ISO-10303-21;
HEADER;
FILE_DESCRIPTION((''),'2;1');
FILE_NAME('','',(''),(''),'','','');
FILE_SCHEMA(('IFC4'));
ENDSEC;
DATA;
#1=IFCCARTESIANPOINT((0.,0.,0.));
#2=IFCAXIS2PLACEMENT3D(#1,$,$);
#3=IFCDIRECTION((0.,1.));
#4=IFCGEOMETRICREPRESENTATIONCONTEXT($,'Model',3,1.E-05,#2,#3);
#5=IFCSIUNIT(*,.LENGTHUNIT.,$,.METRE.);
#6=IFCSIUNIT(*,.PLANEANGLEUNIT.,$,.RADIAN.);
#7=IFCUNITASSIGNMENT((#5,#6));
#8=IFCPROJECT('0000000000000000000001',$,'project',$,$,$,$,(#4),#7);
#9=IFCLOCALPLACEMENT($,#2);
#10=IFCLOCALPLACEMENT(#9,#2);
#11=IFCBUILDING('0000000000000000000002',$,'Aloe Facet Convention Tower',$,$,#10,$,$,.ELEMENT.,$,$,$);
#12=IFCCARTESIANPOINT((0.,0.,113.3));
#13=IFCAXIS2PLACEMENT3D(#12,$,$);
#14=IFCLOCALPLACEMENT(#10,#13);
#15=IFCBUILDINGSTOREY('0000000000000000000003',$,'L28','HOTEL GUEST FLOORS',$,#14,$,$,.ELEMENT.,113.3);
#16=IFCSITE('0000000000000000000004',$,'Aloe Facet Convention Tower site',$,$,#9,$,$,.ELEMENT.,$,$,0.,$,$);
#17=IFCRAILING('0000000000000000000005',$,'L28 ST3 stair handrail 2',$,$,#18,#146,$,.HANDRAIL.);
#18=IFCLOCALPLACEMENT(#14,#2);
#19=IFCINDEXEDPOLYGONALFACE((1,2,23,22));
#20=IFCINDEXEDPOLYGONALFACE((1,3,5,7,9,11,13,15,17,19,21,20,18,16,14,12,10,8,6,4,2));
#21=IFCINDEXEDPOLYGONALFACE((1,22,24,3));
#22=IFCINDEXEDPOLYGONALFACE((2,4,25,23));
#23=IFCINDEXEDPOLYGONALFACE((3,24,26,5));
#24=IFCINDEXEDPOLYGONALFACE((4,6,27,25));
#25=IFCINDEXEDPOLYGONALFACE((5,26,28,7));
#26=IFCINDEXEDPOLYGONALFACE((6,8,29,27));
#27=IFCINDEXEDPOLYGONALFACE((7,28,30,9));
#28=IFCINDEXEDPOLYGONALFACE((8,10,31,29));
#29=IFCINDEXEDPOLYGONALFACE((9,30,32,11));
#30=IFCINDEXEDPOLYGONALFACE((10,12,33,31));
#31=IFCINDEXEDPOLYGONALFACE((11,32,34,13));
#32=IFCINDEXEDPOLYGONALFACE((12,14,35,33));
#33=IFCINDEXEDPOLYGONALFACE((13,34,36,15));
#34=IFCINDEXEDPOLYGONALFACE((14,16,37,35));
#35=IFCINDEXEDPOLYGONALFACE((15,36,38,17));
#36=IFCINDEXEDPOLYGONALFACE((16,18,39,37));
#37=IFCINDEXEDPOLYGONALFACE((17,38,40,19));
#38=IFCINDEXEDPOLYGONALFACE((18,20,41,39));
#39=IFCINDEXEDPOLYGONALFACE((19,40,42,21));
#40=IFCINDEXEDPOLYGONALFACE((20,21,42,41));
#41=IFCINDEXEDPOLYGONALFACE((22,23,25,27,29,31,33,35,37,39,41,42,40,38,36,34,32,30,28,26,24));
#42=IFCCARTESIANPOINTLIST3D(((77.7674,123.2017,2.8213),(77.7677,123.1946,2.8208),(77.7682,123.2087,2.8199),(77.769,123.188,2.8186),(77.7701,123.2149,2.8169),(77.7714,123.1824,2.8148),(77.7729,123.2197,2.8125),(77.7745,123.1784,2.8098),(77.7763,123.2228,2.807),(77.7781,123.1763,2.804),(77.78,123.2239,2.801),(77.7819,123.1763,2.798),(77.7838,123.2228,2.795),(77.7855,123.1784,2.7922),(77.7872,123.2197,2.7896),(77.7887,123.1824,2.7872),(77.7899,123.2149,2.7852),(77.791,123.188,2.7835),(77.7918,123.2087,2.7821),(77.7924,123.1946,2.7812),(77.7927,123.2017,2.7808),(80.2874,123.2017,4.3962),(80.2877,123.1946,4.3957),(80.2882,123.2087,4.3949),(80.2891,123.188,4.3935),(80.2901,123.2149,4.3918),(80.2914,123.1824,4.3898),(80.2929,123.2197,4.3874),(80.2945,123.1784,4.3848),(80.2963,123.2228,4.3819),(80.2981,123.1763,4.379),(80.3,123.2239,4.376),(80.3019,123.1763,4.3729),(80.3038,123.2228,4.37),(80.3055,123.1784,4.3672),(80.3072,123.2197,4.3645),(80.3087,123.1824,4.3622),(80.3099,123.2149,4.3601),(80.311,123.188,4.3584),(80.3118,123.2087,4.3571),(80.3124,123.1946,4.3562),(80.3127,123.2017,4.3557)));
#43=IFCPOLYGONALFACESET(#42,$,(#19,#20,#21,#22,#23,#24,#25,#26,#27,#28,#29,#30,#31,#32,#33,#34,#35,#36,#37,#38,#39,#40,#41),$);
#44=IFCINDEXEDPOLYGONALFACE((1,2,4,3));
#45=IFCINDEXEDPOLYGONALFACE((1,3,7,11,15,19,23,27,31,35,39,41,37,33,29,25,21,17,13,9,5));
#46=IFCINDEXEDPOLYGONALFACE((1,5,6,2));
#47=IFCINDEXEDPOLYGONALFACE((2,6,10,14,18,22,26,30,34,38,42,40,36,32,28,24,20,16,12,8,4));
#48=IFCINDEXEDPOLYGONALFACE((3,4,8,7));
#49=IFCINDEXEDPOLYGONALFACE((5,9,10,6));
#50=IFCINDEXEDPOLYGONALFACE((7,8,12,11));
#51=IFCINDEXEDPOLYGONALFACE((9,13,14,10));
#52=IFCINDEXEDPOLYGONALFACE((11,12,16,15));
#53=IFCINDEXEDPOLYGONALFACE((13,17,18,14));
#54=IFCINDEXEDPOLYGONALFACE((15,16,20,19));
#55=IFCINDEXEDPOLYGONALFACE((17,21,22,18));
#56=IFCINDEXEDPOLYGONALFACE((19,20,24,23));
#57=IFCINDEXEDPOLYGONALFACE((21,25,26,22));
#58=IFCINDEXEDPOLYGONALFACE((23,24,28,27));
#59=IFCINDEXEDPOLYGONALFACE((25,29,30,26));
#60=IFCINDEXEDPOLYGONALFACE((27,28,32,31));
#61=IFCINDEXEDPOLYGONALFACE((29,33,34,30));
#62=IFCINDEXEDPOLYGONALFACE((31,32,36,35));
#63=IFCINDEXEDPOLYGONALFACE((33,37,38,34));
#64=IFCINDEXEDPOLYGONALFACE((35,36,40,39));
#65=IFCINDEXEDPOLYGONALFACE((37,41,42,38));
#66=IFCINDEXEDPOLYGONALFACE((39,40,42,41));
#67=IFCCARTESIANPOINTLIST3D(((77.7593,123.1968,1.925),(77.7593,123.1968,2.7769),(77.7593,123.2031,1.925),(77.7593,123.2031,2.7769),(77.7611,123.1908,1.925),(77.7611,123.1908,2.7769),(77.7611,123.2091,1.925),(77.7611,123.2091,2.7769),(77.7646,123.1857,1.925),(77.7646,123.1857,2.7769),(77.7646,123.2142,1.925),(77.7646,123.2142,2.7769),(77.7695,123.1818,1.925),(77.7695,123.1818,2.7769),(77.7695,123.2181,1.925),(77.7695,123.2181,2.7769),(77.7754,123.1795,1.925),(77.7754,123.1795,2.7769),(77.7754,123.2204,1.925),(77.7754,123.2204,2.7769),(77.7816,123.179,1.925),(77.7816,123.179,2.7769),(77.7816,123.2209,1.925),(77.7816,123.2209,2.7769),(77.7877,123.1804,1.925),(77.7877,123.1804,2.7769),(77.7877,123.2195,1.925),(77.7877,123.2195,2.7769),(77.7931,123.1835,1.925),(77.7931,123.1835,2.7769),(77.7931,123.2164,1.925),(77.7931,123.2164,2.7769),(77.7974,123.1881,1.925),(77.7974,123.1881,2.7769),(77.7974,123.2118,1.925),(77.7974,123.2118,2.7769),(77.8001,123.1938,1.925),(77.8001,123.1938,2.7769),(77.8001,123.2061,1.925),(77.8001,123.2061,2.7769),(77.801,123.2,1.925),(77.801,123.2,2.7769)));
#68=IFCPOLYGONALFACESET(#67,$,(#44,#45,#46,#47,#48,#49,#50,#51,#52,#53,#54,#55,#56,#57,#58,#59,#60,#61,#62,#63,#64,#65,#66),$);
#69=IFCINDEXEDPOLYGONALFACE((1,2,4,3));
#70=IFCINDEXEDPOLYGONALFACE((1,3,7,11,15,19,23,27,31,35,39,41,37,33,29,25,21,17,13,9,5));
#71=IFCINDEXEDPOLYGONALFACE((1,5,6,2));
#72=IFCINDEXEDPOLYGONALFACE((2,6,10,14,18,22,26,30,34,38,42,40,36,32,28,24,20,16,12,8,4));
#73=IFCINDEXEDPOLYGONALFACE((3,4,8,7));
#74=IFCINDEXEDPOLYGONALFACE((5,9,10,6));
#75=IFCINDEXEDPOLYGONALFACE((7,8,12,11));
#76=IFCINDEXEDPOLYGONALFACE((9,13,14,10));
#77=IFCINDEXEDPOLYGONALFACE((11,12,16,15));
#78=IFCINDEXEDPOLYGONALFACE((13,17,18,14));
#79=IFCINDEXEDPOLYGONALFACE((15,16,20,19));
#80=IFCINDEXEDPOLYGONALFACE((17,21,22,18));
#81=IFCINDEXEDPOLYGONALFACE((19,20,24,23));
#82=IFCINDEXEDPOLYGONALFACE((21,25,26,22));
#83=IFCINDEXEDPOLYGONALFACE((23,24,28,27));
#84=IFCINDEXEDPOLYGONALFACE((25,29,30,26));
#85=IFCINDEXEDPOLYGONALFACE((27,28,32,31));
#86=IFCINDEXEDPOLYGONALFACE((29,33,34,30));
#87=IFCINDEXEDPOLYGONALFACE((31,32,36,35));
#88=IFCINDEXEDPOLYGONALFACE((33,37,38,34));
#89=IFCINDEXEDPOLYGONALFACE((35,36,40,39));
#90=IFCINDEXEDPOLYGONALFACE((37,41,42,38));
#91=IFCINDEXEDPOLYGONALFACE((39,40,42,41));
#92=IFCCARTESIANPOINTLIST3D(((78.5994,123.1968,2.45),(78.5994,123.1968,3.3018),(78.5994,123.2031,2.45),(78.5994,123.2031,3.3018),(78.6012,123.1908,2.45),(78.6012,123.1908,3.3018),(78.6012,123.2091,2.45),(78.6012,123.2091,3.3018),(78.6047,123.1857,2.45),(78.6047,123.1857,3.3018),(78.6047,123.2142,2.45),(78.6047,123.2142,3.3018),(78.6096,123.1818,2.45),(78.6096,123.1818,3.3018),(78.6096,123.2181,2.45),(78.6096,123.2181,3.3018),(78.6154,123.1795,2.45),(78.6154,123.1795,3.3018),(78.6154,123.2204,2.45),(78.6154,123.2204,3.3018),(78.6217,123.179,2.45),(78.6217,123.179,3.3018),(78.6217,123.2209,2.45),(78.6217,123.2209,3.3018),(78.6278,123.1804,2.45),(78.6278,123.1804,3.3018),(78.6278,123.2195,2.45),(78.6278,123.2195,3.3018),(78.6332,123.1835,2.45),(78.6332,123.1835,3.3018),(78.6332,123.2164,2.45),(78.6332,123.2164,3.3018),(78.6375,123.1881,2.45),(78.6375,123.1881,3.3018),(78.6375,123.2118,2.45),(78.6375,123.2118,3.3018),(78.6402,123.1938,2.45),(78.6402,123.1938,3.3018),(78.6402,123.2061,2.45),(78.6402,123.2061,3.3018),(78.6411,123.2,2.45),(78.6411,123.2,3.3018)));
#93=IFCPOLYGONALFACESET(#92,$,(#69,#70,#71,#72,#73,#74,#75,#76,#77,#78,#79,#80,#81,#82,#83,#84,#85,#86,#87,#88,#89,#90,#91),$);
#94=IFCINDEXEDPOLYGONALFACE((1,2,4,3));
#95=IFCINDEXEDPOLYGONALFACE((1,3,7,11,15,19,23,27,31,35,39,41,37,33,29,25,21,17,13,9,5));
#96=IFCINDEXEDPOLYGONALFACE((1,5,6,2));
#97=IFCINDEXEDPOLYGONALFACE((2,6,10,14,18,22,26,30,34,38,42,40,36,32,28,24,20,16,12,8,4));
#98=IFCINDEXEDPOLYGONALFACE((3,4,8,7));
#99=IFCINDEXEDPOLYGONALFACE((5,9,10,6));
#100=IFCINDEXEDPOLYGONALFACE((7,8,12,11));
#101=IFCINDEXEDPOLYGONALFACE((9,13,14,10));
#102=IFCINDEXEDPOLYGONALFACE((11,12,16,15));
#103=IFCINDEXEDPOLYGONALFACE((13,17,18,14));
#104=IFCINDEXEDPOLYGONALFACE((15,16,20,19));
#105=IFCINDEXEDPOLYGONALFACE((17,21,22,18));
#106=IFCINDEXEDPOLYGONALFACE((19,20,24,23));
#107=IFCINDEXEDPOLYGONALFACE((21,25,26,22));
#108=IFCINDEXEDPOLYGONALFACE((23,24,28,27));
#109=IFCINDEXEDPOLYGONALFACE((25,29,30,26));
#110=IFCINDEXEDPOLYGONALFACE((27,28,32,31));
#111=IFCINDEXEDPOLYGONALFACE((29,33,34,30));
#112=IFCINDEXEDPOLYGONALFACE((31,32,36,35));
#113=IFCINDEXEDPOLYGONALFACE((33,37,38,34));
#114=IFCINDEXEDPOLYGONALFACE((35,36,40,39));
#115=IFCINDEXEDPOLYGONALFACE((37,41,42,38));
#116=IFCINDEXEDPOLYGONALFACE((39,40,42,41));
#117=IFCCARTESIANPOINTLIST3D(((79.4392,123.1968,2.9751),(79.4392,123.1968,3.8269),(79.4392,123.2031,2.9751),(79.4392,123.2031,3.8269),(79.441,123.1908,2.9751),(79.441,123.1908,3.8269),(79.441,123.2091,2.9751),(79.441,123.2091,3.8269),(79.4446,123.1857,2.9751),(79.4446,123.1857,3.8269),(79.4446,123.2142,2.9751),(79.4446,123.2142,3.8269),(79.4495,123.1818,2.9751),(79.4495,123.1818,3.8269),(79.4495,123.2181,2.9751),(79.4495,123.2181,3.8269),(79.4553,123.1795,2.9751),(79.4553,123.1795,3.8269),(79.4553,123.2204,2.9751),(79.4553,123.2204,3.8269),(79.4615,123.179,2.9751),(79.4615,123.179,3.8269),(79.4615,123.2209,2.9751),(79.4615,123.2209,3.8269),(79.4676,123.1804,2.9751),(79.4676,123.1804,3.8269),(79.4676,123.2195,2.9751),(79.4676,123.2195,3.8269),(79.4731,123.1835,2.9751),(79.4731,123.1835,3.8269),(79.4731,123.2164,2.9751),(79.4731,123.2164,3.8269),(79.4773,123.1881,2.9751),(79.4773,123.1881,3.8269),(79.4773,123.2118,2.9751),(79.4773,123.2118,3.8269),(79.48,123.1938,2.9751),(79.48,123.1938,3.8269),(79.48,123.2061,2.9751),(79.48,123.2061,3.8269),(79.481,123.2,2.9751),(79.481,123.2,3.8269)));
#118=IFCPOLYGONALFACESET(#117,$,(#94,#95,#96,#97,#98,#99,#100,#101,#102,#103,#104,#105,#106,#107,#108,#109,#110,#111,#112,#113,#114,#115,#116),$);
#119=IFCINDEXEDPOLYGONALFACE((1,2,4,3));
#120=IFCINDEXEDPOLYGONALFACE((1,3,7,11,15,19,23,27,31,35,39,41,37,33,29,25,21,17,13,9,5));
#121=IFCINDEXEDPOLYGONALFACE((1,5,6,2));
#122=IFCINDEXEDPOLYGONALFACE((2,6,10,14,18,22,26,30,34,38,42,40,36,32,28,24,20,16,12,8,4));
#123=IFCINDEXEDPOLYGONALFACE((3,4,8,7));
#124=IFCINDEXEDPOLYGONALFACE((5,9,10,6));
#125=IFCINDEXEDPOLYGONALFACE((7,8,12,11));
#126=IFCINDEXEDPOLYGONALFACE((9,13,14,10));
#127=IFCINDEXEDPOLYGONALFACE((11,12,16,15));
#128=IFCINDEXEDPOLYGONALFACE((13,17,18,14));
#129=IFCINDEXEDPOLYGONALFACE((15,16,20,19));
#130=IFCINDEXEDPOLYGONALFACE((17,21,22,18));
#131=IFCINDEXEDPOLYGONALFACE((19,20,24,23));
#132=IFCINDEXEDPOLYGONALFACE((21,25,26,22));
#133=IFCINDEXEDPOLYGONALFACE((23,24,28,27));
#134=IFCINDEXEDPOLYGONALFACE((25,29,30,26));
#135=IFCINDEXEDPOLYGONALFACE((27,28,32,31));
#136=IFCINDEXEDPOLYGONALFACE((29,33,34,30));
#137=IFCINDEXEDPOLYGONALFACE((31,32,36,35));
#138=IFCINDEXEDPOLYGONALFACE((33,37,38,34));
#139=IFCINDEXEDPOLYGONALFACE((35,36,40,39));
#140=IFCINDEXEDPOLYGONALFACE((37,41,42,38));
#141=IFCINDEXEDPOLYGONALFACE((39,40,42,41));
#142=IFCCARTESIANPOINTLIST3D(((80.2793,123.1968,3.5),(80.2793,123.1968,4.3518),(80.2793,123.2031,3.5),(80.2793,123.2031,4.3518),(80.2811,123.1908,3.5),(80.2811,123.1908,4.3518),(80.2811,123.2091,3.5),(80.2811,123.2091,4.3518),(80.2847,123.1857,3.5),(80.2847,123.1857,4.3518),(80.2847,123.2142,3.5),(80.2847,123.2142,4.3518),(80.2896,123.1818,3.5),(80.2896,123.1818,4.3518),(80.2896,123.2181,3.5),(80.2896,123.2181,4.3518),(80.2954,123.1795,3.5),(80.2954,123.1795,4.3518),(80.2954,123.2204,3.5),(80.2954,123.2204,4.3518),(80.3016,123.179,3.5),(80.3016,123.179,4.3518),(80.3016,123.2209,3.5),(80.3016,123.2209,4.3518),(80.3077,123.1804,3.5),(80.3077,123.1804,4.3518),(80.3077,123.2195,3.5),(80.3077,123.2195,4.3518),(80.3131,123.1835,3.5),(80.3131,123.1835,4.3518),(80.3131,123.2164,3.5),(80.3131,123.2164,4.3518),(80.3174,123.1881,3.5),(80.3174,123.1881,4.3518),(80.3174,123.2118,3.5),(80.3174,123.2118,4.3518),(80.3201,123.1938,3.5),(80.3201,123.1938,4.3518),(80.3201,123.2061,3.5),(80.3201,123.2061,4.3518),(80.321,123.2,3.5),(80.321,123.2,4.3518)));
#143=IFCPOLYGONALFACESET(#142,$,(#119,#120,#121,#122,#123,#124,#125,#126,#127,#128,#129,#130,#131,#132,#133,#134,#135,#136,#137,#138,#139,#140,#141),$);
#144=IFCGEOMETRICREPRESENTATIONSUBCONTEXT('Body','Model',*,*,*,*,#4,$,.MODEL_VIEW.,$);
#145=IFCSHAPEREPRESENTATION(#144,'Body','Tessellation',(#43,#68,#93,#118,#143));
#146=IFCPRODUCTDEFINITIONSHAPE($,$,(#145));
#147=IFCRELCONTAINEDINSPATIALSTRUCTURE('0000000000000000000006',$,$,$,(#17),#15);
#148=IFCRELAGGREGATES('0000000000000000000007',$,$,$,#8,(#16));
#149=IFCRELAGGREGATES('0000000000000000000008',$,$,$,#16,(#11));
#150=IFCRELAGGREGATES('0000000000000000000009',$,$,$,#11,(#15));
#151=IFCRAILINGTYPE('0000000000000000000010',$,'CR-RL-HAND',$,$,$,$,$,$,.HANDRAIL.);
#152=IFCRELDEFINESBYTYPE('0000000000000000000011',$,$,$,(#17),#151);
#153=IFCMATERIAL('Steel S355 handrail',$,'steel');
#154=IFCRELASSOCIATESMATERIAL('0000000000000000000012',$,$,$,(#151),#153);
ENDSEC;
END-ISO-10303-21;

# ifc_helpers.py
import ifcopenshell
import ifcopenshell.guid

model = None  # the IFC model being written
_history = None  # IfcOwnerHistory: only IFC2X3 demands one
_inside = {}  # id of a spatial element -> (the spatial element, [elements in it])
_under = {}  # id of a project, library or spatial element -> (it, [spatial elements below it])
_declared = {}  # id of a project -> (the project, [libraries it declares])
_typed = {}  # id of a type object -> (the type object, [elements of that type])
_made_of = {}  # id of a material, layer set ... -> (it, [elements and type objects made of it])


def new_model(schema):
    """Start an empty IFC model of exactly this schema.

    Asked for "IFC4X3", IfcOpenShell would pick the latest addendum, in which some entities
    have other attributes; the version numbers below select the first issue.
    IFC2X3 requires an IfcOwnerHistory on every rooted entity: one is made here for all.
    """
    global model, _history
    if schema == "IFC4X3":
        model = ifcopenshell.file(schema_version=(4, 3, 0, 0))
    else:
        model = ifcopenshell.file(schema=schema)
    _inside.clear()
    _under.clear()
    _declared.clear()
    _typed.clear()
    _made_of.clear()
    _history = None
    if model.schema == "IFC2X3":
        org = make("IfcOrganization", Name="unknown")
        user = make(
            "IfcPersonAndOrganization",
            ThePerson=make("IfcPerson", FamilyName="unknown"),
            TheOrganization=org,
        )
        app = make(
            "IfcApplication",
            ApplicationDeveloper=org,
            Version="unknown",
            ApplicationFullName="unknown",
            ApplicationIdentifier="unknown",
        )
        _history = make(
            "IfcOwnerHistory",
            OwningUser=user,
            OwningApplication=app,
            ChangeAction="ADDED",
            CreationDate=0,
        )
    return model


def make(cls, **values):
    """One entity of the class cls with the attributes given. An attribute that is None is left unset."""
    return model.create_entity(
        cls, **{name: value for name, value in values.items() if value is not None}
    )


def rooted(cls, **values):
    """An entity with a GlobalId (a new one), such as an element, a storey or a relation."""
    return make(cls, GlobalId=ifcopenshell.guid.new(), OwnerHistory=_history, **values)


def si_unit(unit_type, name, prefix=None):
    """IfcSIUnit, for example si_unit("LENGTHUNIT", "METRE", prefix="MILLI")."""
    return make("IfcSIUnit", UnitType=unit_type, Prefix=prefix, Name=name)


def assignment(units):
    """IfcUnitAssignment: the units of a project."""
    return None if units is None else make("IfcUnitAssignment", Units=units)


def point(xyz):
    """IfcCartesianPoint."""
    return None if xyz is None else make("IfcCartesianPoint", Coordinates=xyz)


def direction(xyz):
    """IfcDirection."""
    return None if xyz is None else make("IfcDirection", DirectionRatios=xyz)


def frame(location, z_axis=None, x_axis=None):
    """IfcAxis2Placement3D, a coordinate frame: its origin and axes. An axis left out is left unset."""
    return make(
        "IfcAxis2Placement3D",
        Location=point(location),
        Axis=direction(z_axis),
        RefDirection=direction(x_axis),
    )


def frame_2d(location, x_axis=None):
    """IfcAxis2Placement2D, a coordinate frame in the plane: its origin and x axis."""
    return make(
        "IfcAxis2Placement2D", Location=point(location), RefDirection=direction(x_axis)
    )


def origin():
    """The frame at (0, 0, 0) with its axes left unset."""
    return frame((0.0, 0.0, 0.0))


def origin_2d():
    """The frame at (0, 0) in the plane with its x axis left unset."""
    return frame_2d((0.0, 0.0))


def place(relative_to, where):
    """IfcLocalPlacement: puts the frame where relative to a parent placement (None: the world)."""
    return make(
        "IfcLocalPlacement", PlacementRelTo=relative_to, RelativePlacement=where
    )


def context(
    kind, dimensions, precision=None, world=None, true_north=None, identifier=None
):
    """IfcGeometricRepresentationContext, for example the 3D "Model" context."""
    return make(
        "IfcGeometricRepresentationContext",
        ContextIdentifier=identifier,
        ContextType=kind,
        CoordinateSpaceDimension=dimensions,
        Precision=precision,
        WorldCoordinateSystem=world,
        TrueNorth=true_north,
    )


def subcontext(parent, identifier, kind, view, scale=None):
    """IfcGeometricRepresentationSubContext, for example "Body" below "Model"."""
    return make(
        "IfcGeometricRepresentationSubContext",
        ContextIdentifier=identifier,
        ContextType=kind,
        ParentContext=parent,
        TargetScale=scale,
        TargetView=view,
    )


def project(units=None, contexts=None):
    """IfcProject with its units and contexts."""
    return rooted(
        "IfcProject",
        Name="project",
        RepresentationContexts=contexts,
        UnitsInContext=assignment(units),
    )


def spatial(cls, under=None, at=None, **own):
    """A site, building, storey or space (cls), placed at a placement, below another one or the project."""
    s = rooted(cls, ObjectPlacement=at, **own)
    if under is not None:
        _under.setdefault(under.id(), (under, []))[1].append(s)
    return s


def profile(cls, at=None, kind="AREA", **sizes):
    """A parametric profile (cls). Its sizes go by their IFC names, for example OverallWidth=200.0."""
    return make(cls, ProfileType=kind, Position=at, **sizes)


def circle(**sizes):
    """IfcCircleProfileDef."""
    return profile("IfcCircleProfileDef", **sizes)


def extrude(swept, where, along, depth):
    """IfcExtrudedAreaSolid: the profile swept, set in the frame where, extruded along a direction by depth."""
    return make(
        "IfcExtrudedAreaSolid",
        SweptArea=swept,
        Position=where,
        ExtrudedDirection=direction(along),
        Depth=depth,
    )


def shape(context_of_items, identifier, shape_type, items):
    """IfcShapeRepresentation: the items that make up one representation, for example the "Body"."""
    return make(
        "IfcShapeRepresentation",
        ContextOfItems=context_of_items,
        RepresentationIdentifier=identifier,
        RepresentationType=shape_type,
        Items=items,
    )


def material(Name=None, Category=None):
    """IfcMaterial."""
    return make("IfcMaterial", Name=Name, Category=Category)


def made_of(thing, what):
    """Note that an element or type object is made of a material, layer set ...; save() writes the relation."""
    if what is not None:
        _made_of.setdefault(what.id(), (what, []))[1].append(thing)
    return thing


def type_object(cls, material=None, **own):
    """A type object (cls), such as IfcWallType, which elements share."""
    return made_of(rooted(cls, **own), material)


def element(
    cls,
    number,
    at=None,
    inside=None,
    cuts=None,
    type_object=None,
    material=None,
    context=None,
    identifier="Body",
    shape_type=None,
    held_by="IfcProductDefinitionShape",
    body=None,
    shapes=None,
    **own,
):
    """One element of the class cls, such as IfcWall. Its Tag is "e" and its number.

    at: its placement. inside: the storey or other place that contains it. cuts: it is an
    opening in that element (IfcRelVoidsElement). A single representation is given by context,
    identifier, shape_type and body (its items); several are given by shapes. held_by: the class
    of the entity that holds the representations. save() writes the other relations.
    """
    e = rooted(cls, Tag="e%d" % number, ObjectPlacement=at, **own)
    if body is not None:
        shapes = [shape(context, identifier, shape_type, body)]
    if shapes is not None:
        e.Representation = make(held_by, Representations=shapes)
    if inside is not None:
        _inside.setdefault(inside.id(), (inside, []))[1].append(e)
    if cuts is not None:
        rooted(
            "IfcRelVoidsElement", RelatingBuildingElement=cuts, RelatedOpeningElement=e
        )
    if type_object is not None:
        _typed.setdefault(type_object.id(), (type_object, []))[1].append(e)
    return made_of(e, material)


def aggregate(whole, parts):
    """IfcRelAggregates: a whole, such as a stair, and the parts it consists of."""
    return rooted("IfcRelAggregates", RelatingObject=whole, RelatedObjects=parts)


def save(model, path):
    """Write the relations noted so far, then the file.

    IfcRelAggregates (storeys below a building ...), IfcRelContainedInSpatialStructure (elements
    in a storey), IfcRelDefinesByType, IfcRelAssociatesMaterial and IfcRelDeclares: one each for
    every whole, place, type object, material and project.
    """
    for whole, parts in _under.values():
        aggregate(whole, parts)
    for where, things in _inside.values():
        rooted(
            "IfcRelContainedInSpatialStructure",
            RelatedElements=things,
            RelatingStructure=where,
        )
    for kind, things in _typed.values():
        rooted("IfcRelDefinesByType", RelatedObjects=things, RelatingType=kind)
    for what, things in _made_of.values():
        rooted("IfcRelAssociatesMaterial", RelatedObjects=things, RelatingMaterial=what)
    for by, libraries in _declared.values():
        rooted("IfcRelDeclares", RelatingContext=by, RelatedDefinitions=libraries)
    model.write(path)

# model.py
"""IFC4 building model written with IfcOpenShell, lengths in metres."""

from ifc_helpers import new_model, si_unit, direction, frame, origin, origin_2d, place, context, subcontext, project, spatial, circle, extrude, material, type_object, element, save


model = new_model("IFC4")

# Units and contexts
model_context = context("Model", 3, precision=1e-05, world=origin(), true_north=direction((0.0, 1.0)))
body_context = subcontext(model_context, "Body", "Model", "MODEL_VIEW")
ifc_project = project(units=[si_unit("LENGTHUNIT", "METRE"), si_unit("PLANEANGLEUNIT", "RADIAN")], contexts=[model_context])

# Site, building, storey
site_placement = place(None, origin())
site = spatial("IfcSite", under=ifc_project, at=site_placement, Name="Aloe Facet Convention Tower site", CompositionType="ELEMENT", RefElevation=0.0)
building_placement = place(site_placement, origin())
building = spatial("IfcBuilding", under=site, at=building_placement, Name="Aloe Facet Convention Tower", CompositionType="ELEMENT")
storey_placement = place(building_placement, frame((0.0, 0.0, 113.3)))
storey = spatial("IfcBuildingStorey", under=building, at=storey_placement, Name="L28", Description="HOTEL GUEST FLOORS", CompositionType="ELEMENT", Elevation=113.3)

# Railing
ifc_material_1 = material(Name="Steel S355 handrail", Category="steel")
railing_type_1 = type_object("IfcRailingType", Name="CR-RL-HAND", PredefinedType="HANDRAIL", material=ifc_material_1)
railing_1_placement = place(storey_placement, frame((77.78, 123.2, 1.925)))
element("IfcRailing", 1, at=railing_1_placement, inside=storey, type_object=railing_type_1, Name="L28 ST3 stair handrail 2", PredefinedType="HANDRAIL", context=body_context, shape_type="SweptSolid", body=[
    extrude(circle(Radius=0.0239, at=origin_2d()), frame((0.0, 0.0, 0.876), z_axis=(0.848008, 0.0, 0.529984), x_axis=(0.0, 1.0, 0.0)), (0.0, 0.0, 1.0), 2.9717),
    extrude(circle(Radius=0.021, at=origin_2d()), origin(), (0.0, 0.0, 1.0), 0.8518),
    extrude(circle(Radius=0.021, at=origin_2d()), frame((0.8401, 0.0, 0.5249)), (0.0, 0.0, 1.0), 0.8518),
    extrude(circle(Radius=0.021, at=origin_2d()), frame((1.6799, 0.0, 1.05)), (0.0, 0.0, 1.0), 0.8518),
    extrude(circle(Radius=0.021, at=origin_2d()), frame((2.52, 0.0, 1.575)), (0.0, 0.0, 1.0), 0.8518),
])

save(model, "model.ifc")
